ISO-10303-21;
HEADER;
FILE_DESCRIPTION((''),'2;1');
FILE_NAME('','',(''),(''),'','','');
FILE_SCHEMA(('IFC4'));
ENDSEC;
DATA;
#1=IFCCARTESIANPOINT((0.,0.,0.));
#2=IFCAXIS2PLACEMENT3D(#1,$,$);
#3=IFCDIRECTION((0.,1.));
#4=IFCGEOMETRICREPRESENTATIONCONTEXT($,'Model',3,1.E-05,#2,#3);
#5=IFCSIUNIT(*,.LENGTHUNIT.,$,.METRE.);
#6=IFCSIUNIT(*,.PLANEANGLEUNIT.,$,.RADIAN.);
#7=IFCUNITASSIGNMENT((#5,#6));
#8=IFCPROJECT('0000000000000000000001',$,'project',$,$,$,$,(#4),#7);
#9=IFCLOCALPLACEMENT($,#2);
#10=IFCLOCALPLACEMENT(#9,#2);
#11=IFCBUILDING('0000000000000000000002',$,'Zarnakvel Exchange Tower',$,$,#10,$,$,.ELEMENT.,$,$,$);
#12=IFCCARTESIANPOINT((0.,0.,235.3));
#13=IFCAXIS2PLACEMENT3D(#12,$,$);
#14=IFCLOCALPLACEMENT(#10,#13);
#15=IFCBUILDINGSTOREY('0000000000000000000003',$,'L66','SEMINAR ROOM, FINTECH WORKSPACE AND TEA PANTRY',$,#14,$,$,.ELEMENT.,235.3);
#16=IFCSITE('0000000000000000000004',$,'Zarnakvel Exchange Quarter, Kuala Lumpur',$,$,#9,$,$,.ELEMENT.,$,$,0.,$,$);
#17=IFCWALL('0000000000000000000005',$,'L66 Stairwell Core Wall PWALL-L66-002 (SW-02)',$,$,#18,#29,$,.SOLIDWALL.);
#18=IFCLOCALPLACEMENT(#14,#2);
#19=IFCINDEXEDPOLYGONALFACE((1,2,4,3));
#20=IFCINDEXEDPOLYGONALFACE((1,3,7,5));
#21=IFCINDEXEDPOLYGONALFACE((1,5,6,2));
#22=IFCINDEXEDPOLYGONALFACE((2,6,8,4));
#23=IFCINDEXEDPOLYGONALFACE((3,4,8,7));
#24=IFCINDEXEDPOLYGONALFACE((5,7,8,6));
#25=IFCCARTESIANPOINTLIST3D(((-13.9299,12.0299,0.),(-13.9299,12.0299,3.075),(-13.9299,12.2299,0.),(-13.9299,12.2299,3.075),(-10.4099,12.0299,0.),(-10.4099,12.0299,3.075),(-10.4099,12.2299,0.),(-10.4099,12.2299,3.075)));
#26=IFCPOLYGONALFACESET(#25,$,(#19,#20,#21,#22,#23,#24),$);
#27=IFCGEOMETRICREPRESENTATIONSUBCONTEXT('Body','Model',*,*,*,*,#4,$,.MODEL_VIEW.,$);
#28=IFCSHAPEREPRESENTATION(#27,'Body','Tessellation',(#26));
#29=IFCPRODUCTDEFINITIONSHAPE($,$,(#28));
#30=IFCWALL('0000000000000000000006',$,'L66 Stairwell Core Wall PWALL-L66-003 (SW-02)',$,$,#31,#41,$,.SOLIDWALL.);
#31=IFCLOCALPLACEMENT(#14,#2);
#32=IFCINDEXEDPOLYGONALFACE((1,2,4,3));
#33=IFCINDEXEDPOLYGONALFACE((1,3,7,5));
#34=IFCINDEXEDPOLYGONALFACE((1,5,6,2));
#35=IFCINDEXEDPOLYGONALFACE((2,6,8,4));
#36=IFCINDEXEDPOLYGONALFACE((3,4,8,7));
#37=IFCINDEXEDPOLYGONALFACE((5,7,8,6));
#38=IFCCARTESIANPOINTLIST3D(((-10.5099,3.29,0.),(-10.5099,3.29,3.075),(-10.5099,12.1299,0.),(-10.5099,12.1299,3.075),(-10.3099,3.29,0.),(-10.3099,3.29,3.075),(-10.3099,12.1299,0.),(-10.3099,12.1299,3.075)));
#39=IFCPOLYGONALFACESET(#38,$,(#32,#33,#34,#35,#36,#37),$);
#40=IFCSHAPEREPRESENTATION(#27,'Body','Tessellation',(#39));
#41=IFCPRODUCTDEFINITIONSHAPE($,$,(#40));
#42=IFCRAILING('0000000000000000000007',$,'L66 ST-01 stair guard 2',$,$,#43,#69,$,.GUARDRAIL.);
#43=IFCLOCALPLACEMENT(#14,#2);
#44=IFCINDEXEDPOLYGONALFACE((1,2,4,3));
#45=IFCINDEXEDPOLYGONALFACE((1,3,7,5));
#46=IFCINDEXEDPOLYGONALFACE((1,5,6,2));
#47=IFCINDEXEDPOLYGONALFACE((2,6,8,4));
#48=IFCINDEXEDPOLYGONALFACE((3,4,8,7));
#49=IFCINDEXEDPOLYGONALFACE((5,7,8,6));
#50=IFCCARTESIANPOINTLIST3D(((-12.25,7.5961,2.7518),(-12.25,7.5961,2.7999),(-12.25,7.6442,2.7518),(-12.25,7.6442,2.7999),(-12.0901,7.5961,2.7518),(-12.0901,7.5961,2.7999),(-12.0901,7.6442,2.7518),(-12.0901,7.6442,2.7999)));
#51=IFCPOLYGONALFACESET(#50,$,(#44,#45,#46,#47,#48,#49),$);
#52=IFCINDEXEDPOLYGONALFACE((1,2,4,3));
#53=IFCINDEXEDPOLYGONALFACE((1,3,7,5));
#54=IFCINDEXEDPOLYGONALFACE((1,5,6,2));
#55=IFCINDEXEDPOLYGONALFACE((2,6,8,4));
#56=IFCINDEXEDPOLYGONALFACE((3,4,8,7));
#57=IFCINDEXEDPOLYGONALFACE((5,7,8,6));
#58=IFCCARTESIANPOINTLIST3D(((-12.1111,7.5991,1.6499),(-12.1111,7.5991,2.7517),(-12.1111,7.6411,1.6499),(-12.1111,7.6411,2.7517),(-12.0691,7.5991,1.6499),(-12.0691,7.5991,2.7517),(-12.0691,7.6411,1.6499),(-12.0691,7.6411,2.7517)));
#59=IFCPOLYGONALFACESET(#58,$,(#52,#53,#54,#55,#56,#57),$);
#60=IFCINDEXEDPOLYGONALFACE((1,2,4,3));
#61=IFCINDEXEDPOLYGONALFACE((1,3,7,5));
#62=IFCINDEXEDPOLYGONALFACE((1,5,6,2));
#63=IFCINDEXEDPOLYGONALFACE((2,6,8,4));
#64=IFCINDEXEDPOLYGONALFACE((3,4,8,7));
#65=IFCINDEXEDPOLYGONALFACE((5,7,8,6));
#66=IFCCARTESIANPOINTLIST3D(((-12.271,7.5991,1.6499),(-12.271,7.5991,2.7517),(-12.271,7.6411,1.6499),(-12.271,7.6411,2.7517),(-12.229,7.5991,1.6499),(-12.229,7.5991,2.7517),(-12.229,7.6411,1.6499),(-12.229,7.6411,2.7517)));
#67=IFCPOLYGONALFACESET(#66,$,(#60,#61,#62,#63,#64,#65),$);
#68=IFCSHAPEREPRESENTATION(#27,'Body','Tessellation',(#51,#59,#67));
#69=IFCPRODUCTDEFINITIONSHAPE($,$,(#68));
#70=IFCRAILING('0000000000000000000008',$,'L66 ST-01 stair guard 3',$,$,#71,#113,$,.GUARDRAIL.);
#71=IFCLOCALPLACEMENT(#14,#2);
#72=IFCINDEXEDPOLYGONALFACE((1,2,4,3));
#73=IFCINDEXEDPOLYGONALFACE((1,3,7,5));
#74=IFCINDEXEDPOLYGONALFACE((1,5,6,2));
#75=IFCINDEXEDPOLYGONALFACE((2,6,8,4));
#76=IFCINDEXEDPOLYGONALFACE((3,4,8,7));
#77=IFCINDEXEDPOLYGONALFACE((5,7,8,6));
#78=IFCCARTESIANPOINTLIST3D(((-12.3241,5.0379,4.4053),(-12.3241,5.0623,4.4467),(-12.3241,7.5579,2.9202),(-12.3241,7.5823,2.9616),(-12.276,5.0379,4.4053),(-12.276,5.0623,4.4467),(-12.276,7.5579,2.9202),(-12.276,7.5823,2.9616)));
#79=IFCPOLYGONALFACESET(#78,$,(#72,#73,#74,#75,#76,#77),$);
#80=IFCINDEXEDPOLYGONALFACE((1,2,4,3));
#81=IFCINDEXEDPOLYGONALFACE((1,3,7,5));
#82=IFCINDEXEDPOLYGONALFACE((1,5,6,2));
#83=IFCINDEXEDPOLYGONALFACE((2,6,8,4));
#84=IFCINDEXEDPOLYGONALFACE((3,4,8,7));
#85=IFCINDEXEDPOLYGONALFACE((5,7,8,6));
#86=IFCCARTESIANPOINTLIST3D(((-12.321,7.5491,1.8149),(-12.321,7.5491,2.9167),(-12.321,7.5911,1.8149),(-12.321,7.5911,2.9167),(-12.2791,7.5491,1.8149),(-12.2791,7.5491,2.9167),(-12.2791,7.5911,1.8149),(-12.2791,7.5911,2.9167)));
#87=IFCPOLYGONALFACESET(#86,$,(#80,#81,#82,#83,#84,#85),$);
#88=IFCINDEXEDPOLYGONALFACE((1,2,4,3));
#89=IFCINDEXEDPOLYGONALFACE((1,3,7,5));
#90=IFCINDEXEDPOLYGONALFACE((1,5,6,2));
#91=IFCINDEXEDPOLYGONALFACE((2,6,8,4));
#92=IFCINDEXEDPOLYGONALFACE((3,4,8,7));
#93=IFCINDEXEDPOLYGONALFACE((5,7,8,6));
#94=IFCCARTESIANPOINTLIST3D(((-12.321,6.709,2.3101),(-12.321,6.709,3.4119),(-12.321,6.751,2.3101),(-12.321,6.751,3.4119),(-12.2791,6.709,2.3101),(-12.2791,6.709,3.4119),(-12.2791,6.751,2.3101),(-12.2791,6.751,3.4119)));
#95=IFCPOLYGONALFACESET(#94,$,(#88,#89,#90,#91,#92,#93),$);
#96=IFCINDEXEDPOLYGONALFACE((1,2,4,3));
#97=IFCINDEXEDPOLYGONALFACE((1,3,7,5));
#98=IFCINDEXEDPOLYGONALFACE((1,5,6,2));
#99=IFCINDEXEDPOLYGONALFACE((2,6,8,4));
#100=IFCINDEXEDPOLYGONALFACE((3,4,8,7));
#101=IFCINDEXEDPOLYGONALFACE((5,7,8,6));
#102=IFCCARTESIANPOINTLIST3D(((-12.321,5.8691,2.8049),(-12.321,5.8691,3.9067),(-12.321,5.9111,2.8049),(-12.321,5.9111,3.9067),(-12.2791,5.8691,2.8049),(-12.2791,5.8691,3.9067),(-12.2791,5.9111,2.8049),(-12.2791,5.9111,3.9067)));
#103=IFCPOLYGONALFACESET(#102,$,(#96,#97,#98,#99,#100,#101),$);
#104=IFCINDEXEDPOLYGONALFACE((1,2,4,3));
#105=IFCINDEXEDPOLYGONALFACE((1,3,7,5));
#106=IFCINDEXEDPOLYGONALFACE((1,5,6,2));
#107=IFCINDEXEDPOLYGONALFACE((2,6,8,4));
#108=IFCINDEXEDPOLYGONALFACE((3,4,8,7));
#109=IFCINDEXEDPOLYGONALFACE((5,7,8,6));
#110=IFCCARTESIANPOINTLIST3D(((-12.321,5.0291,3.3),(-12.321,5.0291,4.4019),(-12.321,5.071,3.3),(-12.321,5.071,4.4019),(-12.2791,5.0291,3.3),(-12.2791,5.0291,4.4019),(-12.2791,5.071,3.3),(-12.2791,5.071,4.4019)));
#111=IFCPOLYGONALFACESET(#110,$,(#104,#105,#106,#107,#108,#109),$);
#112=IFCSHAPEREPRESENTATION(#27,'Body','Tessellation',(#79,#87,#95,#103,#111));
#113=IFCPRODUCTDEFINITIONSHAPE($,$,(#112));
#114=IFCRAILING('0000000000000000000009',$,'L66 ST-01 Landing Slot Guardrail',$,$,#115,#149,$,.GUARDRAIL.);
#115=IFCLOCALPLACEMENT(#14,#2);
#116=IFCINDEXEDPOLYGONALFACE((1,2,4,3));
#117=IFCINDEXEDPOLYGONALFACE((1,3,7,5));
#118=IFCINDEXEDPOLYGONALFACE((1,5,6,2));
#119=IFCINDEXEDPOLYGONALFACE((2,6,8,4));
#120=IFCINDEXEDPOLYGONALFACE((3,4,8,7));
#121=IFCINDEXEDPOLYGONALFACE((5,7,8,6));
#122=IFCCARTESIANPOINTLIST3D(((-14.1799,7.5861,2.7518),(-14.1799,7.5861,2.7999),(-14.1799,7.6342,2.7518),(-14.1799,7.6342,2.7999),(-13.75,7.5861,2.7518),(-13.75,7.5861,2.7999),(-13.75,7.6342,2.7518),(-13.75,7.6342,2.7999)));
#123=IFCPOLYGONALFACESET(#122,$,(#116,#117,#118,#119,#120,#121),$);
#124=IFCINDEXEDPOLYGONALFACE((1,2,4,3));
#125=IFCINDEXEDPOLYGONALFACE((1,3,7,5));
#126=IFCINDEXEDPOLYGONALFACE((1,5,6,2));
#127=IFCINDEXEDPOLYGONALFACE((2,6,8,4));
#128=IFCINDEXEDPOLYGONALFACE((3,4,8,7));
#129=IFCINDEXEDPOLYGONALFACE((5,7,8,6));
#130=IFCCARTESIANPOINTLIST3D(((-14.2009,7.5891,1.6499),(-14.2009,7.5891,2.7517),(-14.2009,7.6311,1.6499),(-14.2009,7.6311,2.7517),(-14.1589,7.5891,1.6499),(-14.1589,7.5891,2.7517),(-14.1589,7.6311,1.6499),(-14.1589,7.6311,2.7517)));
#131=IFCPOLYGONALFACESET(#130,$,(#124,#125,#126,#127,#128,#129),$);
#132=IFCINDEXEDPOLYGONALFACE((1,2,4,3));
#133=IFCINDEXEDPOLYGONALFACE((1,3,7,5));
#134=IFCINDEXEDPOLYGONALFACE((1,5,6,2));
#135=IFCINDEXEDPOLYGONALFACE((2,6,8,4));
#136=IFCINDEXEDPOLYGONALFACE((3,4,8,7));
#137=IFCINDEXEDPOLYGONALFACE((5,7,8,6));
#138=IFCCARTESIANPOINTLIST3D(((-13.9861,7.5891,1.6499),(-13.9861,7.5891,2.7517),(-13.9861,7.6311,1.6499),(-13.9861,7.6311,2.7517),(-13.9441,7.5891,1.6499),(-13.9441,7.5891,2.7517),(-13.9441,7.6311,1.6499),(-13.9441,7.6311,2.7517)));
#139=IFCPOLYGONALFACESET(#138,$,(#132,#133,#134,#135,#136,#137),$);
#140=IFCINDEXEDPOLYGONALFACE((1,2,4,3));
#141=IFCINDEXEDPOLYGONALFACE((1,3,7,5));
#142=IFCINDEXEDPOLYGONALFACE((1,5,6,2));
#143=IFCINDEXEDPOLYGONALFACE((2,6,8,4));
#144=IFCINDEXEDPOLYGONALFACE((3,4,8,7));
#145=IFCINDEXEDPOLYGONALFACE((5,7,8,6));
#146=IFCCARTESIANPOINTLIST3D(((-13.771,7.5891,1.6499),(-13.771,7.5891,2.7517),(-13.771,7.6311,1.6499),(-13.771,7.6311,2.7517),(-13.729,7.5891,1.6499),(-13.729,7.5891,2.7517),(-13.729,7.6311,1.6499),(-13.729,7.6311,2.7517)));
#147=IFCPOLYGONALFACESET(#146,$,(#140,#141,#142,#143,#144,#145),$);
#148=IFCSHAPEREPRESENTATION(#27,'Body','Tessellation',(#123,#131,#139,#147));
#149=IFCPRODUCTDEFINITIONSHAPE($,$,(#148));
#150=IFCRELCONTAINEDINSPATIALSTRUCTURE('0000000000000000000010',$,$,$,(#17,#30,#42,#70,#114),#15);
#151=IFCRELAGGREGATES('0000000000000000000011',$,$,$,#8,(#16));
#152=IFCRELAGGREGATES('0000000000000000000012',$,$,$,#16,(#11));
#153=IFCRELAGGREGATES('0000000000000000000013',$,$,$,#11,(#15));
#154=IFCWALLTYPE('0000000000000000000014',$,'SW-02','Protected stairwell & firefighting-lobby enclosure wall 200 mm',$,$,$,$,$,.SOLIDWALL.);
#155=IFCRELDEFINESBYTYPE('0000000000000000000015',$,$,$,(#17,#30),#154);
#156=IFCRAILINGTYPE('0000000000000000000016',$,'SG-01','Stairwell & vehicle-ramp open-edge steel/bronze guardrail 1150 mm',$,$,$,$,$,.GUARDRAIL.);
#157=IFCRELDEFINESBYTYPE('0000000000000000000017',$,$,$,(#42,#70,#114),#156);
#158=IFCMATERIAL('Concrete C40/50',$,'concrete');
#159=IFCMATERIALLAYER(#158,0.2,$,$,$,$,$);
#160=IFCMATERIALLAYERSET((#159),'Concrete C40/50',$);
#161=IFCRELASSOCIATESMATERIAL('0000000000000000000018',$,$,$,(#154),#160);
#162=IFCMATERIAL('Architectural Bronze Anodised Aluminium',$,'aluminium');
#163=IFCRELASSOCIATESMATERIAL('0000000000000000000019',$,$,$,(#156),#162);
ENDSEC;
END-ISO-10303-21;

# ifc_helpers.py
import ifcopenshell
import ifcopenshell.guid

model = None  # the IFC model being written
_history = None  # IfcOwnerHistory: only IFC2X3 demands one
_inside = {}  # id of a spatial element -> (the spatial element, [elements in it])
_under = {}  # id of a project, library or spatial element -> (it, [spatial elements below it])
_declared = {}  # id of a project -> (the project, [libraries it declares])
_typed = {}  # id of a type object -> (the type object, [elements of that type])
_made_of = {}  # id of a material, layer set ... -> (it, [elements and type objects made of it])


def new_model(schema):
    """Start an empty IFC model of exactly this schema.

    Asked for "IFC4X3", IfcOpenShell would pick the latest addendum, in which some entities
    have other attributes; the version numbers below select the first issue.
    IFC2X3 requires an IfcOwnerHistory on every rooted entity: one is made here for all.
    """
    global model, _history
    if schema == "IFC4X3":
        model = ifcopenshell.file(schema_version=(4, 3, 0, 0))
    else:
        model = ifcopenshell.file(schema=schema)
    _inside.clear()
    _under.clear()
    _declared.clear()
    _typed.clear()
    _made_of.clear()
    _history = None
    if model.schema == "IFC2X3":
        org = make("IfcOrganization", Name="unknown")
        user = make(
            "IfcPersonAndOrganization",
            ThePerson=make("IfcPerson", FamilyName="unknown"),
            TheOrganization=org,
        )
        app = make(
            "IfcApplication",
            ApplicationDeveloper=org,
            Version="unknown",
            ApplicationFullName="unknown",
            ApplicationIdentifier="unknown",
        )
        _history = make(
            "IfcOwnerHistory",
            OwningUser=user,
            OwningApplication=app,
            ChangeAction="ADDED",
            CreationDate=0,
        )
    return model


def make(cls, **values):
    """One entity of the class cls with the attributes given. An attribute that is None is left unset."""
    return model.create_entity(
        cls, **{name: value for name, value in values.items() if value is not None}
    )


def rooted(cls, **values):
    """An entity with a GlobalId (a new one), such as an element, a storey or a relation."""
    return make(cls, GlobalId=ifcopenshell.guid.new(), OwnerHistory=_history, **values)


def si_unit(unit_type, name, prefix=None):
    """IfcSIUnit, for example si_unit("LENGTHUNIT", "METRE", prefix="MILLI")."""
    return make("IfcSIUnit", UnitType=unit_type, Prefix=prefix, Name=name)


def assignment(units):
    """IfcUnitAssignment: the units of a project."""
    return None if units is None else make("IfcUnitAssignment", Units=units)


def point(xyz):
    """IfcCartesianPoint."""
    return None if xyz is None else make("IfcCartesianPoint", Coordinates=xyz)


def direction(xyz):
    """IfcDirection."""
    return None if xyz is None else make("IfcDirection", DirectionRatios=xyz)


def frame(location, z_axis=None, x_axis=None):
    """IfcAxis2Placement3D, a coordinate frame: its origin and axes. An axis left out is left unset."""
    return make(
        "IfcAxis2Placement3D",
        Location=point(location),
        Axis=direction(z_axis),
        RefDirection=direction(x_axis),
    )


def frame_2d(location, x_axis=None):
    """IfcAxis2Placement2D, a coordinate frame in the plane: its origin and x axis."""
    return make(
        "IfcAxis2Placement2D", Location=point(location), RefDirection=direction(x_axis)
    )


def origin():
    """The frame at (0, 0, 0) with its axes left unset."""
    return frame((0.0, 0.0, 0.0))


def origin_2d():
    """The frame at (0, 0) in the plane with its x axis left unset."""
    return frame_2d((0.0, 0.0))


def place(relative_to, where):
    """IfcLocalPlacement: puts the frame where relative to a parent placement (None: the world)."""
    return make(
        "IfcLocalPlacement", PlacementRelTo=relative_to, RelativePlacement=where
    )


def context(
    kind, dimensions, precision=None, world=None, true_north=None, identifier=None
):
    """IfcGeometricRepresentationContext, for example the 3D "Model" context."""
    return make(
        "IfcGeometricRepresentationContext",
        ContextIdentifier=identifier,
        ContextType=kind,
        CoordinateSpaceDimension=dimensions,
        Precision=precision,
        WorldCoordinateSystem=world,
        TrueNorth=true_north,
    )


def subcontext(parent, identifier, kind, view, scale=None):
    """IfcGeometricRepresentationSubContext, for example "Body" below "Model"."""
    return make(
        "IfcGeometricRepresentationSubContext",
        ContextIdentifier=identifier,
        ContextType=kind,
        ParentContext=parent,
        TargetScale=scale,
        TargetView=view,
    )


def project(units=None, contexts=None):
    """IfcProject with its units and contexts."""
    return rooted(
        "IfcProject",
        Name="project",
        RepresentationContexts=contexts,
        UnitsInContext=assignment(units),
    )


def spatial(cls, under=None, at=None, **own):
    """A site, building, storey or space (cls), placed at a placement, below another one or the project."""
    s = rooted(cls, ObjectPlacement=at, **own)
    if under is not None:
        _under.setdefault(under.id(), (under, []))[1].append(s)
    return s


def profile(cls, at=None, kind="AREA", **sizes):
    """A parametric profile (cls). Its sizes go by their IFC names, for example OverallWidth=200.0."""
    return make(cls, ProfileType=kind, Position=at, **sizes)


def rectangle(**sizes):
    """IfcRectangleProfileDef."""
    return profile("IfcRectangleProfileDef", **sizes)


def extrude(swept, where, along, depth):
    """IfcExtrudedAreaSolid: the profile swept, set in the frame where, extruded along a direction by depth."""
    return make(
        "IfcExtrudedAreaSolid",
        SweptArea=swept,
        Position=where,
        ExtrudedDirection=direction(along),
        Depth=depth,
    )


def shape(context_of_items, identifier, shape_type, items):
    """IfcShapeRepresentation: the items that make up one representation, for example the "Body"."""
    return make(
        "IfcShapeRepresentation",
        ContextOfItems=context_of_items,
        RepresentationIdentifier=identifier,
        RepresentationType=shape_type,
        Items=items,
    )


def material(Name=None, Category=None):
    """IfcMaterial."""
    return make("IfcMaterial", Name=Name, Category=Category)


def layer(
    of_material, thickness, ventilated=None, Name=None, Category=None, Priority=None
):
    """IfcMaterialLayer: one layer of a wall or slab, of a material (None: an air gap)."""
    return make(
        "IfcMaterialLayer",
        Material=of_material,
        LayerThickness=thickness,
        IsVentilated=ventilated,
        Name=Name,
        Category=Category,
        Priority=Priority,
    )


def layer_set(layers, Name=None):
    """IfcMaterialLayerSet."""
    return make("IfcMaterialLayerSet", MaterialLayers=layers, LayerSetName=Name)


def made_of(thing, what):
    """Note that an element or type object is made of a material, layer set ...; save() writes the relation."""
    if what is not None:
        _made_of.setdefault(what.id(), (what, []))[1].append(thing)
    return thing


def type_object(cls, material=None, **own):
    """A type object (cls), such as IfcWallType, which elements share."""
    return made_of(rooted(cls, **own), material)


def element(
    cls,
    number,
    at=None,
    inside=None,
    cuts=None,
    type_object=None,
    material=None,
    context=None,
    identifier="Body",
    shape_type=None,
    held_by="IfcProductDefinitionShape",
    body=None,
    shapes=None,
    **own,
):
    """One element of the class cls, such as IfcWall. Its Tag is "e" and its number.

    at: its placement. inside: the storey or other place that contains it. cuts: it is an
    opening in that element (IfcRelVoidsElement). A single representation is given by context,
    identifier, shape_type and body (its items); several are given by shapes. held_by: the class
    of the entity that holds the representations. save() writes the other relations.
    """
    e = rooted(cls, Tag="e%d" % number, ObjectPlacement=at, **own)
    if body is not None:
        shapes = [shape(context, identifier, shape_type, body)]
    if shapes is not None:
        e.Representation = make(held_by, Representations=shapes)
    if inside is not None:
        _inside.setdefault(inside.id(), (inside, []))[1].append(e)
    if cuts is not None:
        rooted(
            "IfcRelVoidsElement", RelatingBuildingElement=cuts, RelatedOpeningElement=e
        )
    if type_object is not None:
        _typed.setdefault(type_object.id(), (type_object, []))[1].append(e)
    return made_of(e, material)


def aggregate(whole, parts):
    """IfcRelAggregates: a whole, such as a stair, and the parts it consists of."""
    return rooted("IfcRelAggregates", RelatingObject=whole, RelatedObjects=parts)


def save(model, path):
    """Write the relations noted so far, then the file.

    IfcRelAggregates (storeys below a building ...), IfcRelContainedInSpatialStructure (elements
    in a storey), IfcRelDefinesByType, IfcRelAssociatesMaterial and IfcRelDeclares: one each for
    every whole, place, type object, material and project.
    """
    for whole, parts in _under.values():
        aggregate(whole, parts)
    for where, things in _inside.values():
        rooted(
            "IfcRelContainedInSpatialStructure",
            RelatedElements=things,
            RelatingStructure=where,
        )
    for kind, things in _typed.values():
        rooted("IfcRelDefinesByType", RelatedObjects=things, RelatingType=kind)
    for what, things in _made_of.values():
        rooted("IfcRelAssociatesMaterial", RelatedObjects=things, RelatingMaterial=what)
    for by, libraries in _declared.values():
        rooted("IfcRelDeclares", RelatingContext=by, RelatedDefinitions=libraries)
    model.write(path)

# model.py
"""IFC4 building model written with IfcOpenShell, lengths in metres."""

from ifc_helpers import new_model, si_unit, direction, frame, frame_2d, origin, origin_2d, place, context, subcontext, project, spatial, rectangle, extrude, material, layer, layer_set, type_object, element, save


model = new_model("IFC4")

# Units and contexts
model_context = context("Model", 3, precision=1e-05, world=origin(), true_north=direction((0.0, 1.0)))
body_context = subcontext(model_context, "Body", "Model", "MODEL_VIEW")
ifc_project = project(units=[si_unit("LENGTHUNIT", "METRE"), si_unit("PLANEANGLEUNIT", "RADIAN")], contexts=[model_context])

# Site, building, storey
site_placement = place(None, origin())
site = spatial("IfcSite", under=ifc_project, at=site_placement, Name="Zarnakvel Exchange Quarter, Kuala Lumpur", CompositionType="ELEMENT", RefElevation=0.0)
building_placement = place(site_placement, origin())
building = spatial("IfcBuilding", under=site, at=building_placement, Name="Zarnakvel Exchange Tower", CompositionType="ELEMENT")
storey_placement = place(building_placement, frame((0.0, 0.0, 235.3)))
storey = spatial("IfcBuildingStorey", under=building, at=storey_placement, Name="L66", Description="SEMINAR ROOM, FINTECH WORKSPACE AND TEA PANTRY", CompositionType="ELEMENT", Elevation=235.3)

# Shared definitions
ifc_material_1 = material(Name="Architectural Bronze Anodised Aluminium", Category="aluminium")

# Walls
ifc_material_2 = material(Name="Concrete C40/50", Category="concrete")
ifc_layer_1 = layer(ifc_material_2, 0.2)
ifc_layer_set_1 = layer_set([ifc_layer_1], Name="Concrete C40/50")
wall_type_1 = type_object("IfcWallType", Name="SW-02", Description="Protected stairwell & firefighting-lobby enclosure wall 200 mm", PredefinedType="SOLIDWALL", material=ifc_layer_set_1)
wall_1_placement = place(storey_placement, frame((-13.9299, 12.1299, 0.0), z_axis=(0.0, 0.0, 1.0), x_axis=(1.0, 0.0, 0.0)))
element("IfcWall", 1, at=wall_1_placement, inside=storey, type_object=wall_type_1, Name="L66 Stairwell Core Wall PWALL-L66-002 (SW-02)", PredefinedType="SOLIDWALL", context=body_context, shape_type="SweptSolid", body=[
    extrude(rectangle(XDim=3.52, YDim=0.2, at=frame_2d((1.76, 0.0))), origin(), (0.0, 0.0, 1.0), 3.075),
])
wall_2_placement = place(storey_placement, frame((-10.4099, 12.1299, 0.0), z_axis=(0.0, 0.0, 1.0), x_axis=(0.0, -1.0, 0.0)))
element("IfcWall", 2, at=wall_2_placement, inside=storey, type_object=wall_type_1, Name="L66 Stairwell Core Wall PWALL-L66-003 (SW-02)", PredefinedType="SOLIDWALL", context=body_context, shape_type="SweptSolid", body=[
    extrude(rectangle(XDim=8.8398, YDim=0.2, at=frame_2d((4.4199, 0.0))), origin(), (0.0, 0.0, 1.0), 3.075),
])

# Railings
railing_type = type_object("IfcRailingType", Name="SG-01", Description="Stairwell & vehicle-ramp open-edge steel/bronze guardrail 1150 mm", PredefinedType="GUARDRAIL", material=ifc_material_1)
railing_1_placement = place(storey_placement, frame((-12.0901, 7.6201, 1.6499)))
element("IfcRailing", 3, at=railing_1_placement, inside=storey, type_object=railing_type, Name="L66 ST-01 stair guard 2", PredefinedType="GUARDRAIL", context=body_context, shape_type="SweptSolid", body=[
    extrude(rectangle(XDim=0.0481, YDim=0.0481, at=origin_2d()), frame((0.0, 0.0, 1.126), z_axis=(-1.0, 0.0, 0.0), x_axis=(0.0, -1.0, 0.0)), (0.0, 0.0, 1.0), 0.1599),
    extrude(rectangle(XDim=0.042, YDim=0.042, at=origin_2d()), origin(), (0.0, 0.0, 1.0), 1.1018),
    extrude(rectangle(XDim=0.042, YDim=0.042, at=origin_2d()), frame((-0.1599, 0.0, 0.0)), (0.0, 0.0, 1.0), 1.1018),
])
railing_2_placement = place(storey_placement, frame((-12.3, 7.5701, 1.8149)))
element("IfcRailing", 4, at=railing_2_placement, inside=storey, type_object=railing_type, Name="L66 ST-01 stair guard 3", PredefinedType="GUARDRAIL", context=body_context, shape_type="SweptSolid", body=[
    extrude(rectangle(XDim=0.0481, YDim=0.0481, at=origin_2d()), frame((0.0, 0.0, 1.126), z_axis=(0.0, -0.861524, 0.507717), x_axis=(1.0, 0.0, 0.0)), (0.0, 0.0, 1.0), 2.925),
    extrude(rectangle(XDim=0.042, YDim=0.042, at=origin_2d()), origin(), (0.0, 0.0, 1.0), 1.1018),
    extrude(rectangle(XDim=0.042, YDim=0.042, at=origin_2d()), frame((0.0, -0.8401, 0.4951)), (0.0, 0.0, 1.0), 1.1018),
    extrude(rectangle(XDim=0.042, YDim=0.042, at=origin_2d()), frame((0.0, -1.6799, 0.99)), (0.0, 0.0, 1.0), 1.1018),
    extrude(rectangle(XDim=0.042, YDim=0.042, at=origin_2d()), frame((0.0, -2.52, 1.4851)), (0.0, 0.0, 1.0), 1.1018),
])
railing_3_placement = place(storey_placement, frame((-14.1799, 7.6101, 1.6499)))
element("IfcRailing", 5, at=railing_3_placement, inside=storey, type_object=railing_type, Name="L66 ST-01 Landing Slot Guardrail", PredefinedType="GUARDRAIL", context=body_context, shape_type="SweptSolid", body=[
    extrude(rectangle(XDim=0.0481, YDim=0.0481, at=origin_2d()), frame((0.0, 0.0, 1.126), z_axis=(1.0, 0.0, 0.0), x_axis=(0.0, 1.0, 0.0)), (0.0, 0.0, 1.0), 0.4299),
    extrude(rectangle(XDim=0.042, YDim=0.042, at=origin_2d()), origin(), (0.0, 0.0, 1.0), 1.1018),
    extrude(rectangle(XDim=0.042, YDim=0.042, at=origin_2d()), frame((0.2148, 0.0, 0.0)), (0.0, 0.0, 1.0), 1.1018),
    extrude(rectangle(XDim=0.042, YDim=0.042, at=origin_2d()), frame((0.4299, 0.0, 0.0)), (0.0, 0.0, 1.0), 1.1018),
])

save(model, "model.ifc")
